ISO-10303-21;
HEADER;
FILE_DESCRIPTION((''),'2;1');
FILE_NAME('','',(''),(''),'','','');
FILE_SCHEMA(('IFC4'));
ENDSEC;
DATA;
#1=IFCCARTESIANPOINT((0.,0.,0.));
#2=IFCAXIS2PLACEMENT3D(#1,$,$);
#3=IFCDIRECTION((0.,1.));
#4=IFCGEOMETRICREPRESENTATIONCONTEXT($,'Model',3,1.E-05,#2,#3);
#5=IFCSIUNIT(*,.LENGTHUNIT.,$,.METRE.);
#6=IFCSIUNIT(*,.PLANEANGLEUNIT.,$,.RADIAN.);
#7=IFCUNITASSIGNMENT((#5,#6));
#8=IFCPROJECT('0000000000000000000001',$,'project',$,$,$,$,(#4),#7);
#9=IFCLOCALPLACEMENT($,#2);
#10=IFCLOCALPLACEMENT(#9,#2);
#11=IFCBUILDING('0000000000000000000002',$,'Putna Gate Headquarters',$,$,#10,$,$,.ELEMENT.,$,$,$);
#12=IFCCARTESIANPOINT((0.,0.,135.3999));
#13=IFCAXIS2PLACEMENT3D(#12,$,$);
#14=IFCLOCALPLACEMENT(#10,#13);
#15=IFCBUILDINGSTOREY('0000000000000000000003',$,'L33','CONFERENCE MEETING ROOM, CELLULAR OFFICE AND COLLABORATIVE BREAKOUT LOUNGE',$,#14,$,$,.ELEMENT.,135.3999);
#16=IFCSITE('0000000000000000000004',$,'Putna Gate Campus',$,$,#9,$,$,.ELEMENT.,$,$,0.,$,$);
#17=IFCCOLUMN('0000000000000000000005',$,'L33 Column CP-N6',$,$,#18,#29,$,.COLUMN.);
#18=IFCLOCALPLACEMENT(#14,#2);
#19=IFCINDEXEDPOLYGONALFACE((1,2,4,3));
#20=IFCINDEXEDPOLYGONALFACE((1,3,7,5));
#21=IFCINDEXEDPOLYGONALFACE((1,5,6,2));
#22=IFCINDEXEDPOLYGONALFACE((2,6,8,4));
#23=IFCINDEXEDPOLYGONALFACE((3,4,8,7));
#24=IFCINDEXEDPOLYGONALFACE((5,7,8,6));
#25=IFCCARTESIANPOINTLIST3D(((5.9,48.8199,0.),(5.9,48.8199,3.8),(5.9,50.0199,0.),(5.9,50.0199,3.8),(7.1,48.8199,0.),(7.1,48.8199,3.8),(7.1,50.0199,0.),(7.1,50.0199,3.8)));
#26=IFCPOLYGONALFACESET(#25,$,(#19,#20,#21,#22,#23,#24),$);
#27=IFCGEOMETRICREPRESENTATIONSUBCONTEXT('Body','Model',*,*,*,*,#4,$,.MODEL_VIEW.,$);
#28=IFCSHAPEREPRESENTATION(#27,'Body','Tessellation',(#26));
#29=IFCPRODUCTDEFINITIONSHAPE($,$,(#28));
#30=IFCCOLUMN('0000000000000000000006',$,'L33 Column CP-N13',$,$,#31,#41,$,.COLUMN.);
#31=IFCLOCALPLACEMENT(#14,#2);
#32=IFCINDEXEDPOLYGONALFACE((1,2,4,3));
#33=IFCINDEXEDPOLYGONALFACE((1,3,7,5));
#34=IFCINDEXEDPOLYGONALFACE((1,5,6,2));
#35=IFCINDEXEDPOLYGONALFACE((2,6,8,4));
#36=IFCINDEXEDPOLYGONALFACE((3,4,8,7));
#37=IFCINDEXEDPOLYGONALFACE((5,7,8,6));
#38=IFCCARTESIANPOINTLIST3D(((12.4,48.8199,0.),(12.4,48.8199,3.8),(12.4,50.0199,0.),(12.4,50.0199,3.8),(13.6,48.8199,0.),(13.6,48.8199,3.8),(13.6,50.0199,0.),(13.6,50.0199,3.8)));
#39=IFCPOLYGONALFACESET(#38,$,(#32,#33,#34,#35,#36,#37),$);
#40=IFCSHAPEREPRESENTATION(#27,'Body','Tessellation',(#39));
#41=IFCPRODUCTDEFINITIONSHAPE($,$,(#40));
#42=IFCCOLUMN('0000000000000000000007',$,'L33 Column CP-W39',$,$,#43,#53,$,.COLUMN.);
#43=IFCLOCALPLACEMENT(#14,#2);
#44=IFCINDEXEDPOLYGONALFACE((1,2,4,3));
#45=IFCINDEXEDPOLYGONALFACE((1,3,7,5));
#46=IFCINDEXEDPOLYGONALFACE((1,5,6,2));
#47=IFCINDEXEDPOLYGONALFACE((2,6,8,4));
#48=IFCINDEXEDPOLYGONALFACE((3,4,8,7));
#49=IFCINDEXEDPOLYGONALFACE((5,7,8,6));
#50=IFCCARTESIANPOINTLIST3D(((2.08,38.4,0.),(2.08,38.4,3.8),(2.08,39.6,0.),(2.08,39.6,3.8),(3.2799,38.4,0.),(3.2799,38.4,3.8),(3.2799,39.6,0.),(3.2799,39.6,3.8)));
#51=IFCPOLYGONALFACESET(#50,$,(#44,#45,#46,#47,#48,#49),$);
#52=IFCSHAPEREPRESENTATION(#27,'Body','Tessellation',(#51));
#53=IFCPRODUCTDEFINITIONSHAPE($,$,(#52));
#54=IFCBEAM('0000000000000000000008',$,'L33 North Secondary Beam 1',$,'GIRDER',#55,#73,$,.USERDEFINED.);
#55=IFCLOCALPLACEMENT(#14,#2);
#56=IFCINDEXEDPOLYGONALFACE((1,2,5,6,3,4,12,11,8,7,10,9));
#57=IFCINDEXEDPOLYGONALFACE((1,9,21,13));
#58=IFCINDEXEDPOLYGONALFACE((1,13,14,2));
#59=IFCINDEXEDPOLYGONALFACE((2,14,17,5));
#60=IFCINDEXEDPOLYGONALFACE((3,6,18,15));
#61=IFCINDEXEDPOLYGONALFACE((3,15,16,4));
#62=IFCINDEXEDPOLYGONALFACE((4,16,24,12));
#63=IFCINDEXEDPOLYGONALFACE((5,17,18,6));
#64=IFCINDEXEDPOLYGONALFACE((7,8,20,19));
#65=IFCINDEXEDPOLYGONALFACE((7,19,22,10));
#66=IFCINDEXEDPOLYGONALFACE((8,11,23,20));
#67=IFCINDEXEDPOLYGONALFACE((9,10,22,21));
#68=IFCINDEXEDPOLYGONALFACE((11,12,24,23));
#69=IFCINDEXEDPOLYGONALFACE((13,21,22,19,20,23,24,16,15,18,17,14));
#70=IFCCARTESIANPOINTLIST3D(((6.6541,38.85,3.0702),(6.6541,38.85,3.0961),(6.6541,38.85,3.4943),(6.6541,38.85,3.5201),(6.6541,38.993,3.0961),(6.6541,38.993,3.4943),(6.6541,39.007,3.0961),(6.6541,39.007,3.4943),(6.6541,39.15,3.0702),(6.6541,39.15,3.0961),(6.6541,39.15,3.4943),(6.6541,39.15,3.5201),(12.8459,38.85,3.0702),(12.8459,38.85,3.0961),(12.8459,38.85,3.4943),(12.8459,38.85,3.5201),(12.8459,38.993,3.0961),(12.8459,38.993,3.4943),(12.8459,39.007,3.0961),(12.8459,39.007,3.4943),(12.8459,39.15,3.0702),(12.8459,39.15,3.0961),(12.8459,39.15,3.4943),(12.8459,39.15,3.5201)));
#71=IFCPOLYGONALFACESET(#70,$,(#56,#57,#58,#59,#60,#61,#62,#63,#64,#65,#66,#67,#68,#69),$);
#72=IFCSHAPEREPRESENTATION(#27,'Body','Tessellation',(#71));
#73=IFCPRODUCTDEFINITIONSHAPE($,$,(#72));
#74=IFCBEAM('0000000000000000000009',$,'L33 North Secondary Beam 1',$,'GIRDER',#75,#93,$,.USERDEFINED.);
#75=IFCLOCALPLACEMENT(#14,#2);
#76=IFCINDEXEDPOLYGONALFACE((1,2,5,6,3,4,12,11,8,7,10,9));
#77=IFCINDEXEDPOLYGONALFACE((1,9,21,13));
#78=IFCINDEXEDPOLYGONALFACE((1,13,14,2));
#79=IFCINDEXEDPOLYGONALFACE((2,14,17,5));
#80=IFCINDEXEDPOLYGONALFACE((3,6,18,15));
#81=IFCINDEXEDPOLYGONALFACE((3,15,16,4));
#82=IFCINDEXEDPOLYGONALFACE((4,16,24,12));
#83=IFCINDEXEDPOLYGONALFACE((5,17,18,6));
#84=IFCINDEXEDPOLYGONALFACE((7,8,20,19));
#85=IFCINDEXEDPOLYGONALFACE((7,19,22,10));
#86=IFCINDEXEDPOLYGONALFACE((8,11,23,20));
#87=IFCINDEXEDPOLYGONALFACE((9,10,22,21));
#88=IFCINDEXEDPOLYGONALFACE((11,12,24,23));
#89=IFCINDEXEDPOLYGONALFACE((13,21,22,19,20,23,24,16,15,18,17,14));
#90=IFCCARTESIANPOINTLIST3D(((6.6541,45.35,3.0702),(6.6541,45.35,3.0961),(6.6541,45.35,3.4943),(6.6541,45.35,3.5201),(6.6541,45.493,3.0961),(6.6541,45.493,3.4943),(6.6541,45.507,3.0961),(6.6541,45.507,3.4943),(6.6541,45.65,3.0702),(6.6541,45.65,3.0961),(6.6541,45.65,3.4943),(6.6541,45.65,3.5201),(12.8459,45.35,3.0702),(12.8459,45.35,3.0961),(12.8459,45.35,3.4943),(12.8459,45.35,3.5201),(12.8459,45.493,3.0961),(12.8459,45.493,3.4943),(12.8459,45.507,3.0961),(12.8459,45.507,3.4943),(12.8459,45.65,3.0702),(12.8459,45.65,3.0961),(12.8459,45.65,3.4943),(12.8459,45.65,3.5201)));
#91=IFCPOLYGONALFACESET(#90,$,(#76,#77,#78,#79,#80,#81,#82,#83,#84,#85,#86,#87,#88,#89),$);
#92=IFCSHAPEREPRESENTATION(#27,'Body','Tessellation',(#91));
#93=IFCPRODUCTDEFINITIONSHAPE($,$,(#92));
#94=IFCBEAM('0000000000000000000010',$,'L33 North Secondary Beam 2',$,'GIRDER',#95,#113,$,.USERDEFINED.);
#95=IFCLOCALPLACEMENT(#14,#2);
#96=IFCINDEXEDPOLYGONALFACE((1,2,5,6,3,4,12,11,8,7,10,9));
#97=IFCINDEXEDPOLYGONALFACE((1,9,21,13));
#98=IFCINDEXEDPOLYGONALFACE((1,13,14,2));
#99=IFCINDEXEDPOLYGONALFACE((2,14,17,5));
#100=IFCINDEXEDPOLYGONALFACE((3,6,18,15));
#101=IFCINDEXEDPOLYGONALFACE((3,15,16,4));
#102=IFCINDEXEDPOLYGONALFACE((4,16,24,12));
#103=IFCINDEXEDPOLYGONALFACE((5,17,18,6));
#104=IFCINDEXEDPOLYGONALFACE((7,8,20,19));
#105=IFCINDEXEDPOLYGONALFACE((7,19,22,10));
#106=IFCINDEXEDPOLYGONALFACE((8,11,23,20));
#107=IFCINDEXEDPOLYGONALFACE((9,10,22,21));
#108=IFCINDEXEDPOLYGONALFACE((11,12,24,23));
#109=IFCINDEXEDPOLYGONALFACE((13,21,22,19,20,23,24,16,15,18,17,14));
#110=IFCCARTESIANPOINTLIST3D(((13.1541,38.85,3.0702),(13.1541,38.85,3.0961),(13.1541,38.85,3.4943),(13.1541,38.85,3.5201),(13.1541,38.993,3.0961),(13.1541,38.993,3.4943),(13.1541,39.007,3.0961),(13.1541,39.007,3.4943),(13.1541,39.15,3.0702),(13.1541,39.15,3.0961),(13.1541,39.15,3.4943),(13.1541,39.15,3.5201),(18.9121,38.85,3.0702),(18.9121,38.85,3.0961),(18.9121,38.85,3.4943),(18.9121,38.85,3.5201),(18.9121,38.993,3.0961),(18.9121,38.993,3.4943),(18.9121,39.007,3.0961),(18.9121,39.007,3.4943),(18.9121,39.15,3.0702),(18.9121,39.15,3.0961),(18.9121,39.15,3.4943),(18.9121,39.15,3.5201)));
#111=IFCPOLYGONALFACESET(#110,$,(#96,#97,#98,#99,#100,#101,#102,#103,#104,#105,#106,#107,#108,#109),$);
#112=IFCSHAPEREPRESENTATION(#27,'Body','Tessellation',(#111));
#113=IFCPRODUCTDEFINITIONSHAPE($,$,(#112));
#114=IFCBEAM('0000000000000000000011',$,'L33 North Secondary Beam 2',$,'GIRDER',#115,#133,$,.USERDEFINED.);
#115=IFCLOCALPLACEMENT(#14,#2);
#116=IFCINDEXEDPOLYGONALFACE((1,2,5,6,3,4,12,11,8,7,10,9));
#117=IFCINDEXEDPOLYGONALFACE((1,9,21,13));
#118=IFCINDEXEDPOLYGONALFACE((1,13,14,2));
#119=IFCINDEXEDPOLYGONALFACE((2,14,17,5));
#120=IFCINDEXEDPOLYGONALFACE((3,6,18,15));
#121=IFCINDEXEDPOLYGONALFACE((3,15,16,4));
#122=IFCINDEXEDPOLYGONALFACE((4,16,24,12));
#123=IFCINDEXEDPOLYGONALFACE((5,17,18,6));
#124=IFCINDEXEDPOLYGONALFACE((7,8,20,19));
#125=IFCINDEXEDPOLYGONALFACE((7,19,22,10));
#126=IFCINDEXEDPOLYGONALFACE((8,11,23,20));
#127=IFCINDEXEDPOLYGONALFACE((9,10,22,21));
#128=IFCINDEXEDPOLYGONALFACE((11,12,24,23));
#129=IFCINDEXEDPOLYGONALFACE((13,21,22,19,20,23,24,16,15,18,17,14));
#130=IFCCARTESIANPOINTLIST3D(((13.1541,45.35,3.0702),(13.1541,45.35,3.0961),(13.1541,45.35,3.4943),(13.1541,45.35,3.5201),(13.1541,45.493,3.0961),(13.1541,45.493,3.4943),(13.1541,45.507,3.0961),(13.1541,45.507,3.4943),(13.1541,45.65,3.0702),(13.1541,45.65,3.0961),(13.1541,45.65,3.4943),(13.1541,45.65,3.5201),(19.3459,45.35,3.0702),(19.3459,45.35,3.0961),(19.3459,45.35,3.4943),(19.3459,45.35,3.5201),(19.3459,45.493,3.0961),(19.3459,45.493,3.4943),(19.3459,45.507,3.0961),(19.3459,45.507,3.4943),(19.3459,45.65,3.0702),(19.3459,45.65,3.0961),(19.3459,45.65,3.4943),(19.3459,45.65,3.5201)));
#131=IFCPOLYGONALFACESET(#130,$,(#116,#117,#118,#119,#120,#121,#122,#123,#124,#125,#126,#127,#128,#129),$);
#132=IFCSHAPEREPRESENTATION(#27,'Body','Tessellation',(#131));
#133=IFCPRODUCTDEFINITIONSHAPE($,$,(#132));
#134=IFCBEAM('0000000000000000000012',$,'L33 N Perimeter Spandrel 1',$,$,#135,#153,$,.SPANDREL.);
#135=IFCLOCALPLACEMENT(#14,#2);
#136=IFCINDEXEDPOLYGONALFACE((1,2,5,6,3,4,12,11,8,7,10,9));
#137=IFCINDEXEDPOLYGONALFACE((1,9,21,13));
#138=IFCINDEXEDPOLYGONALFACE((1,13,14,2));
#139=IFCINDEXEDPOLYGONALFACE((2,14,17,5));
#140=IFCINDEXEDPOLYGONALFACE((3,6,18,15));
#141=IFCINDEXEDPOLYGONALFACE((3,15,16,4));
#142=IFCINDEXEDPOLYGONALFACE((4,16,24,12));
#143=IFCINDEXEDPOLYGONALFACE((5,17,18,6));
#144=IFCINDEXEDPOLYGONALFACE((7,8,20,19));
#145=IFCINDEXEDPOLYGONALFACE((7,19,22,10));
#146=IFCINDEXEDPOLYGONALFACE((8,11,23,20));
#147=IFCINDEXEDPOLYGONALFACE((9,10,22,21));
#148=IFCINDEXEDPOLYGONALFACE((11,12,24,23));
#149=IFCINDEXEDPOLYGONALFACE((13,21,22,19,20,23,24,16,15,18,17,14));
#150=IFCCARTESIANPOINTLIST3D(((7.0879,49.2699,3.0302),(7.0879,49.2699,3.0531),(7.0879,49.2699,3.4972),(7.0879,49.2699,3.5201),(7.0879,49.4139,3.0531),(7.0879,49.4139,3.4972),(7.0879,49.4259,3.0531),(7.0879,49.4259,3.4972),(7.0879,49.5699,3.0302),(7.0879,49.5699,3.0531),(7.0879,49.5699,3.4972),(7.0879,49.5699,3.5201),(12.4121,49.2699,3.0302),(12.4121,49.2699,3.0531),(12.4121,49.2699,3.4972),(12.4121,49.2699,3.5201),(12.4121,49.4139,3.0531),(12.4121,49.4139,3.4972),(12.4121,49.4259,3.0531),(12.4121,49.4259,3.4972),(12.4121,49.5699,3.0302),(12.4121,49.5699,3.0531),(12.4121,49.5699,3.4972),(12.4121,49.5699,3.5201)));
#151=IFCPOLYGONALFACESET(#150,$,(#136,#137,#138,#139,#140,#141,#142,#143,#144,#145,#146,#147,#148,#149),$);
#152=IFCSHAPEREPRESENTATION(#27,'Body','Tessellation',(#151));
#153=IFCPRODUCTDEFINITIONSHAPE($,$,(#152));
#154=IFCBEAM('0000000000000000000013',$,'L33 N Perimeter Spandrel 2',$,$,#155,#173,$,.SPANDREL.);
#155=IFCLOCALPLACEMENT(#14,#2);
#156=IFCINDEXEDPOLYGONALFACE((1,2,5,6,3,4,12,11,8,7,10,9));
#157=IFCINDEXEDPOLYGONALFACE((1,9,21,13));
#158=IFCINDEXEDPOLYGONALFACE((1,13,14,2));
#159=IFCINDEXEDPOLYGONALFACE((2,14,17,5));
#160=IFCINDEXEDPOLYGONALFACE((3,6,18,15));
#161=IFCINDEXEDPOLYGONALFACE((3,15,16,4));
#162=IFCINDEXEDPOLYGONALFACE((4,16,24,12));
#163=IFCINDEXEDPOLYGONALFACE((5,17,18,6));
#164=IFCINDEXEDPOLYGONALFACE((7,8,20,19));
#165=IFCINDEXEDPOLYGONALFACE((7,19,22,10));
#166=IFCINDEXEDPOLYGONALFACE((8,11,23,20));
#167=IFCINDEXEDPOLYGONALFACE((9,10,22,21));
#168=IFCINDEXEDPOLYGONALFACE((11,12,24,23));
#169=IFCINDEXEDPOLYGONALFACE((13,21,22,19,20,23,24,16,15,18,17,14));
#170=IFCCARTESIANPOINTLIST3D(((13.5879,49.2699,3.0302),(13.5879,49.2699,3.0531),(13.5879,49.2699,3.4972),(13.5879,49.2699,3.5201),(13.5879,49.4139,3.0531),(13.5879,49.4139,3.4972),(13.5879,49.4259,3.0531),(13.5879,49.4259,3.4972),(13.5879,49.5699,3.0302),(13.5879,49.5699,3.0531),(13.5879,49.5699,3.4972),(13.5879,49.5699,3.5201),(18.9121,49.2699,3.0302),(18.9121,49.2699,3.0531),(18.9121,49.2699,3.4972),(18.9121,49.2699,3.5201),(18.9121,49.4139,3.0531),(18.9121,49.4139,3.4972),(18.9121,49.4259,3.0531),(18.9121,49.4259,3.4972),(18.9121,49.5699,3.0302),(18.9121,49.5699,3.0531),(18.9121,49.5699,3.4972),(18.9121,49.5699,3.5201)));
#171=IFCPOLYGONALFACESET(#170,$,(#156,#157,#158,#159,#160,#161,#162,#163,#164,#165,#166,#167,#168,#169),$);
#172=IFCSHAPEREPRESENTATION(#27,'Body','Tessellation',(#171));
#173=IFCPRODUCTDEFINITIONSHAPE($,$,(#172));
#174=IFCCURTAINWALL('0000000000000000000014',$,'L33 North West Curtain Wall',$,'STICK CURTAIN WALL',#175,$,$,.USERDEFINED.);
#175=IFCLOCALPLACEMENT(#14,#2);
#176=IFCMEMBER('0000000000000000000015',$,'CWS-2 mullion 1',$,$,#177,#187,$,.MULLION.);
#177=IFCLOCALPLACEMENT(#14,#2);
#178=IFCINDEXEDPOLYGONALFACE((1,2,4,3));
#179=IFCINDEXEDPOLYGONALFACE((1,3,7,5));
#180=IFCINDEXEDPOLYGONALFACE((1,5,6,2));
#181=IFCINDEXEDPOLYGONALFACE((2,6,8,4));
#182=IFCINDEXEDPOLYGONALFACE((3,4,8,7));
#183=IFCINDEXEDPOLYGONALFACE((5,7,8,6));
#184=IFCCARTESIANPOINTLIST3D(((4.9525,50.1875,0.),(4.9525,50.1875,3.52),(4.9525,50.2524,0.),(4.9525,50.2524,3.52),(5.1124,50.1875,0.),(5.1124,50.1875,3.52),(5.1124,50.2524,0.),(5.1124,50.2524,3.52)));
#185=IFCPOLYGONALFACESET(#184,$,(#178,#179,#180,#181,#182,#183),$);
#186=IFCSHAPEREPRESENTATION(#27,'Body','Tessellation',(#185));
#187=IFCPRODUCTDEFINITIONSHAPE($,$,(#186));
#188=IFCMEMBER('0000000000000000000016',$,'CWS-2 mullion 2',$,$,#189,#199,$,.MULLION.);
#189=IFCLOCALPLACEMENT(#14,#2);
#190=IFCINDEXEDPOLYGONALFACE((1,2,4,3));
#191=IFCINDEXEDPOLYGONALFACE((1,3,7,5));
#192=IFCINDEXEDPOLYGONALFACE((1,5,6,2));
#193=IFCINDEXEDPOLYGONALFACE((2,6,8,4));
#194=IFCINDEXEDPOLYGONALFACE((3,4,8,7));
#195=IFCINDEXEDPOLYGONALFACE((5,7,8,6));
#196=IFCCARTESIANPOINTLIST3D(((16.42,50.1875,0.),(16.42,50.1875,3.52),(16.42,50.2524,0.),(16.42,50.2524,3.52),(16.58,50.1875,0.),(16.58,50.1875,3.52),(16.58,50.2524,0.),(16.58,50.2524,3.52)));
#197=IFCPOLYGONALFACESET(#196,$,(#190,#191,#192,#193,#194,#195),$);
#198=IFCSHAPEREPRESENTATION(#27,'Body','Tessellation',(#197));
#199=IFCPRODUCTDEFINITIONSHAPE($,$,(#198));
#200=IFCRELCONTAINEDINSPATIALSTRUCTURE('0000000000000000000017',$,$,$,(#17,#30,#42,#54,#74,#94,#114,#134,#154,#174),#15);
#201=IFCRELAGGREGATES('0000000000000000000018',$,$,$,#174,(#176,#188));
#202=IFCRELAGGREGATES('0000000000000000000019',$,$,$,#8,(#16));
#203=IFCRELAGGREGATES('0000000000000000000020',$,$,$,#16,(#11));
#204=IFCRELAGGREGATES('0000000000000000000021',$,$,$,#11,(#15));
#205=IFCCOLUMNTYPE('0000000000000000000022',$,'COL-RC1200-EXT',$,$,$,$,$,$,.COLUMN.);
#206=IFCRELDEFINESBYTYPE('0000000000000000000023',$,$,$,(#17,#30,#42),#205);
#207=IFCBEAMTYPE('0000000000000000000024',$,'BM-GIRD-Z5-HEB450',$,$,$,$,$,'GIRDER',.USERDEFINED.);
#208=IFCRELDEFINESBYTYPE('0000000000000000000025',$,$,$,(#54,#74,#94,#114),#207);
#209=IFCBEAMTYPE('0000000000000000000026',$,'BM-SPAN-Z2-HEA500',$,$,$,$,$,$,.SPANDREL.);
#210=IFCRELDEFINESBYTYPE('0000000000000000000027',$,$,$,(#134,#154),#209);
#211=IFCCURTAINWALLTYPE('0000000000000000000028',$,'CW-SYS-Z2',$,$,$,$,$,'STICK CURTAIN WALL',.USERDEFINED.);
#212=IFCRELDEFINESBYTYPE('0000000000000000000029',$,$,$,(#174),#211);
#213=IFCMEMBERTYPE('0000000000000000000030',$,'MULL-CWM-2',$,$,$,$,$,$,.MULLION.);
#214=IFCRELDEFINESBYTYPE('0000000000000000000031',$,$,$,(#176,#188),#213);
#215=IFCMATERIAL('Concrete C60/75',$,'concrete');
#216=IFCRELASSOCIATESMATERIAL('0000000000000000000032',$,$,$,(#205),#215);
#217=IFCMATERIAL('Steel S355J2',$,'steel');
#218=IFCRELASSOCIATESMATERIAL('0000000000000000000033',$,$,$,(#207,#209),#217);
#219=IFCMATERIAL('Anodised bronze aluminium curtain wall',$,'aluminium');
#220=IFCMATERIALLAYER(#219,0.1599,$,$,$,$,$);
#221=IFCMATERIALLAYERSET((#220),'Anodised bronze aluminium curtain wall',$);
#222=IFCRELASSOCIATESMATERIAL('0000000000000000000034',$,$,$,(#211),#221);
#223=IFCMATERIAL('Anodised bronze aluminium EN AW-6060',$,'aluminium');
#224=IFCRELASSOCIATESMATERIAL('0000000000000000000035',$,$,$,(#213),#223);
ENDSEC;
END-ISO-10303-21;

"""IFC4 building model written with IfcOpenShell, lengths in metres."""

from ifc_helpers import new_model, si_unit, direction, frame, origin, origin_2d, place, context, subcontext, project, spatial, rectangle, i_section, extrude, material, layer, layer_set, material_profile, profile_set, type_object, element, aggregate, save


model = new_model("IFC4")

# Units and contexts
model_context = context("Model", 3, precision=1e-05, world=origin(), true_north=direction((0.0, 1.0)))
body_context = subcontext(model_context, "Body", "Model", "MODEL_VIEW")
ifc_project = project(units=[si_unit("LENGTHUNIT", "METRE"), si_unit("PLANEANGLEUNIT", "RADIAN")], contexts=[model_context])

# Site, building, storey
site_placement = place(None, origin())
site = spatial("IfcSite", under=ifc_project, at=site_placement, Name="Putna Gate Campus", CompositionType="ELEMENT", RefElevation=0.0)
building_placement = place(site_placement, origin())
building = spatial("IfcBuilding", under=site, at=building_placement, Name="Putna Gate Headquarters", CompositionType="ELEMENT")
storey_placement = place(building_placement, frame((0.0, 0.0, 135.3999)))
storey = spatial("IfcBuildingStorey", under=building, at=storey_placement, Name="L33", Description="CONFERENCE MEETING ROOM, CELLULAR OFFICE AND COLLABORATIVE BREAKOUT LOUNGE", CompositionType="ELEMENT", Elevation=135.3999)

# Columns
ifc_material_1 = material(Name="Concrete C60/75", Category="concrete")
ifc_material_profile_1 = material_profile(ifc_material_1, rectangle(XDim=1.2, YDim=1.2, at=origin_2d()), Name="Concrete C60/75")
ifc_profile_set_1 = profile_set([ifc_material_profile_1], Name="Concrete C60/75")
column_type = type_object("IfcColumnType", Name="COL-RC1200-EXT", PredefinedType="COLUMN", material=ifc_profile_set_1)
for number, where, z_axis, x_axis, name in (
    (1, (6.5, 49.4199, 0.0), (0.0, 0.0, 1.0), (1.0, 0.0, 0.0), "L33 Column CP-N6"),
    (2, (13.0, 49.4199, 0.0), (0.0, 0.0, 1.0), (1.0, 0.0, 0.0), "L33 Column CP-N13"),
    (3, (2.6799, 39.0, 0.0), (0.0, 0.0, 1.0), (1.0, 0.0, 0.0), "L33 Column CP-W39"),
):
    element("IfcColumn", number, at=place(storey_placement, frame(where, z_axis=z_axis, x_axis=x_axis)), inside=storey, type_object=column_type, Name=name, PredefinedType="COLUMN", context=body_context, shape_type="SweptSolid", body=[
        extrude(rectangle(XDim=1.2, YDim=1.2, at=origin_2d()), origin(), (0.0, 0.0, 1.0), 3.8),
    ])

# Beams
ifc_material_2 = material(Name="Steel S355J2", Category="steel")
ifc_material_profile_2 = material_profile(ifc_material_2, i_section(OverallWidth=0.3, OverallDepth=0.45, WebThickness=0.0139, FlangeThickness=0.0259, at=origin_2d()), Name="Steel S355J2")
ifc_profile_set_2 = profile_set([ifc_material_profile_2], Name="Steel S355J2")
beam_type_1 = type_object("IfcBeamType", Name="BM-GIRD-Z5-HEB450", ElementType="GIRDER", PredefinedType="USERDEFINED", material=ifc_profile_set_2)
for number, where, z_axis, x_axis, name in (
    (4, (6.6541, 39.0, 3.2952), (1.0, 0.0, 0.0), (0.0, 1.0, 0.0), "L33 North Secondary Beam 1"),
    (5, (6.6541, 45.5, 3.2952), (1.0, 0.0, 0.0), (0.0, 1.0, 0.0), "L33 North Secondary Beam 1"),
):
    element("IfcBeam", number, at=place(storey_placement, frame(where, z_axis=z_axis, x_axis=x_axis)), inside=storey, type_object=beam_type_1, Name=name, ObjectType="GIRDER", PredefinedType="USERDEFINED", context=body_context, shape_type="SweptSolid", body=[
        extrude(i_section(OverallWidth=0.3, OverallDepth=0.45, WebThickness=0.0139, FlangeThickness=0.0259, at=origin_2d()), origin(), (0.0, 0.0, 1.0), 6.1919),
    ])
beam_1_placement = place(storey_placement, frame((13.1541, 39.0, 3.2952), z_axis=(1.0, 0.0, 0.0), x_axis=(0.0, 1.0, 0.0)))
element("IfcBeam", 6, at=beam_1_placement, inside=storey, type_object=beam_type_1, Name="L33 North Secondary Beam 2", ObjectType="GIRDER", PredefinedType="USERDEFINED", context=body_context, shape_type="SweptSolid", body=[
    extrude(i_section(OverallWidth=0.3, OverallDepth=0.45, WebThickness=0.0139, FlangeThickness=0.0259, at=origin_2d()), origin(), (0.0, 0.0, 1.0), 5.7581),
])
beam_2_placement = place(storey_placement, frame((13.1541, 45.5, 3.2952), z_axis=(1.0, 0.0, 0.0), x_axis=(0.0, 1.0, 0.0)))
element("IfcBeam", 7, at=beam_2_placement, inside=storey, type_object=beam_type_1, Name="L33 North Secondary Beam 2", ObjectType="GIRDER", PredefinedType="USERDEFINED", context=body_context, shape_type="SweptSolid", body=[
    extrude(i_section(OverallWidth=0.3, OverallDepth=0.45, WebThickness=0.0139, FlangeThickness=0.0259, at=origin_2d()), origin(), (0.0, 0.0, 1.0), 6.1919),
])
ifc_material_profile_3 = material_profile(ifc_material_2, i_section(OverallWidth=0.3, OverallDepth=0.49, WebThickness=0.012, FlangeThickness=0.0229, at=origin_2d()), Name="Steel S355J2")
ifc_profile_set_3 = profile_set([ifc_material_profile_3], Name="Steel S355J2")
beam_type_2 = type_object("IfcBeamType", Name="BM-SPAN-Z2-HEA500", PredefinedType="SPANDREL", material=ifc_profile_set_3)
for number, where, z_axis, x_axis, name in (
    (8, (7.0879, 49.4199, 3.2751), (1.0, 0.0, 0.0), (0.0, 1.0, 0.0), "L33 N Perimeter Spandrel 1"),
    (9, (13.5879, 49.4199, 3.2751), (1.0, 0.0, 0.0), (0.0, 1.0, 0.0), "L33 N Perimeter Spandrel 2"),
):
    element("IfcBeam", number, at=place(storey_placement, frame(where, z_axis=z_axis, x_axis=x_axis)), inside=storey, type_object=beam_type_2, Name=name, PredefinedType="SPANDREL", context=body_context, shape_type="SweptSolid", body=[
        extrude(i_section(OverallWidth=0.3, OverallDepth=0.49, WebThickness=0.012, FlangeThickness=0.0229, at=origin_2d()), origin(), (0.0, 0.0, 1.0), 5.3242),
    ])

# Curtain wall, members
ifc_material_3 = material(Name="Anodised bronze aluminium curtain wall", Category="aluminium")
ifc_layer_1 = layer(ifc_material_3, 0.1599)
ifc_layer_set_1 = layer_set([ifc_layer_1], Name="Anodised bronze aluminium curtain wall")
curtain_wall_type = type_object("IfcCurtainWallType", Name="CW-SYS-Z2", ElementType="STICK CURTAIN WALL", PredefinedType="USERDEFINED", material=ifc_layer_set_1)
curtain_wall_1_placement = place(storey_placement, origin())
curtain_wall_1 = element("IfcCurtainWall", 10, at=curtain_wall_1_placement, inside=storey, type_object=curtain_wall_type, Name="L33 North West Curtain Wall", ObjectType="STICK CURTAIN WALL", PredefinedType="USERDEFINED")
ifc_material_4 = material(Name="Anodised bronze aluminium EN AW-6060", Category="aluminium")
ifc_material_profile_4 = material_profile(ifc_material_4, rectangle(XDim=0.0649, YDim=0.1599, at=origin_2d()), Name="Anodised bronze aluminium EN AW-6060")
ifc_profile_set_4 = profile_set([ifc_material_profile_4], Name="Anodised bronze aluminium EN AW-6060")
member_type_1 = type_object("IfcMemberType", Name="MULL-CWM-2", PredefinedType="MULLION", material=ifc_profile_set_4)
member_1_placement = place(storey_placement, frame((5.0325, 50.22, 0.0), z_axis=(0.0, 0.0, 1.0), x_axis=(0.0, 1.0, 0.0)))
member_1 = element("IfcMember", 11, at=member_1_placement, type_object=member_type_1, Name="CWS-2 mullion 1", PredefinedType="MULLION", context=body_context, shape_type="SweptSolid", body=[
    extrude(rectangle(XDim=0.0649, YDim=0.1599, at=origin_2d()), origin(), (0.0, 0.0, 1.0), 3.52),
])
member_2_placement = place(storey_placement, frame((16.5, 50.22, 0.0), z_axis=(0.0, 0.0, 1.0), x_axis=(0.0, 1.0, 0.0)))
member_2 = element("IfcMember", 12, at=member_2_placement, type_object=member_type_1, Name="CWS-2 mullion 2", PredefinedType="MULLION", context=body_context, shape_type="SweptSolid", body=[
    extrude(rectangle(XDim=0.0649, YDim=0.1599, at=origin_2d()), origin(), (0.0, 0.0, 1.0), 3.52),
])

aggregate(curtain_wall_1, [member_1, member_2])

save(model, "model.ifc")
